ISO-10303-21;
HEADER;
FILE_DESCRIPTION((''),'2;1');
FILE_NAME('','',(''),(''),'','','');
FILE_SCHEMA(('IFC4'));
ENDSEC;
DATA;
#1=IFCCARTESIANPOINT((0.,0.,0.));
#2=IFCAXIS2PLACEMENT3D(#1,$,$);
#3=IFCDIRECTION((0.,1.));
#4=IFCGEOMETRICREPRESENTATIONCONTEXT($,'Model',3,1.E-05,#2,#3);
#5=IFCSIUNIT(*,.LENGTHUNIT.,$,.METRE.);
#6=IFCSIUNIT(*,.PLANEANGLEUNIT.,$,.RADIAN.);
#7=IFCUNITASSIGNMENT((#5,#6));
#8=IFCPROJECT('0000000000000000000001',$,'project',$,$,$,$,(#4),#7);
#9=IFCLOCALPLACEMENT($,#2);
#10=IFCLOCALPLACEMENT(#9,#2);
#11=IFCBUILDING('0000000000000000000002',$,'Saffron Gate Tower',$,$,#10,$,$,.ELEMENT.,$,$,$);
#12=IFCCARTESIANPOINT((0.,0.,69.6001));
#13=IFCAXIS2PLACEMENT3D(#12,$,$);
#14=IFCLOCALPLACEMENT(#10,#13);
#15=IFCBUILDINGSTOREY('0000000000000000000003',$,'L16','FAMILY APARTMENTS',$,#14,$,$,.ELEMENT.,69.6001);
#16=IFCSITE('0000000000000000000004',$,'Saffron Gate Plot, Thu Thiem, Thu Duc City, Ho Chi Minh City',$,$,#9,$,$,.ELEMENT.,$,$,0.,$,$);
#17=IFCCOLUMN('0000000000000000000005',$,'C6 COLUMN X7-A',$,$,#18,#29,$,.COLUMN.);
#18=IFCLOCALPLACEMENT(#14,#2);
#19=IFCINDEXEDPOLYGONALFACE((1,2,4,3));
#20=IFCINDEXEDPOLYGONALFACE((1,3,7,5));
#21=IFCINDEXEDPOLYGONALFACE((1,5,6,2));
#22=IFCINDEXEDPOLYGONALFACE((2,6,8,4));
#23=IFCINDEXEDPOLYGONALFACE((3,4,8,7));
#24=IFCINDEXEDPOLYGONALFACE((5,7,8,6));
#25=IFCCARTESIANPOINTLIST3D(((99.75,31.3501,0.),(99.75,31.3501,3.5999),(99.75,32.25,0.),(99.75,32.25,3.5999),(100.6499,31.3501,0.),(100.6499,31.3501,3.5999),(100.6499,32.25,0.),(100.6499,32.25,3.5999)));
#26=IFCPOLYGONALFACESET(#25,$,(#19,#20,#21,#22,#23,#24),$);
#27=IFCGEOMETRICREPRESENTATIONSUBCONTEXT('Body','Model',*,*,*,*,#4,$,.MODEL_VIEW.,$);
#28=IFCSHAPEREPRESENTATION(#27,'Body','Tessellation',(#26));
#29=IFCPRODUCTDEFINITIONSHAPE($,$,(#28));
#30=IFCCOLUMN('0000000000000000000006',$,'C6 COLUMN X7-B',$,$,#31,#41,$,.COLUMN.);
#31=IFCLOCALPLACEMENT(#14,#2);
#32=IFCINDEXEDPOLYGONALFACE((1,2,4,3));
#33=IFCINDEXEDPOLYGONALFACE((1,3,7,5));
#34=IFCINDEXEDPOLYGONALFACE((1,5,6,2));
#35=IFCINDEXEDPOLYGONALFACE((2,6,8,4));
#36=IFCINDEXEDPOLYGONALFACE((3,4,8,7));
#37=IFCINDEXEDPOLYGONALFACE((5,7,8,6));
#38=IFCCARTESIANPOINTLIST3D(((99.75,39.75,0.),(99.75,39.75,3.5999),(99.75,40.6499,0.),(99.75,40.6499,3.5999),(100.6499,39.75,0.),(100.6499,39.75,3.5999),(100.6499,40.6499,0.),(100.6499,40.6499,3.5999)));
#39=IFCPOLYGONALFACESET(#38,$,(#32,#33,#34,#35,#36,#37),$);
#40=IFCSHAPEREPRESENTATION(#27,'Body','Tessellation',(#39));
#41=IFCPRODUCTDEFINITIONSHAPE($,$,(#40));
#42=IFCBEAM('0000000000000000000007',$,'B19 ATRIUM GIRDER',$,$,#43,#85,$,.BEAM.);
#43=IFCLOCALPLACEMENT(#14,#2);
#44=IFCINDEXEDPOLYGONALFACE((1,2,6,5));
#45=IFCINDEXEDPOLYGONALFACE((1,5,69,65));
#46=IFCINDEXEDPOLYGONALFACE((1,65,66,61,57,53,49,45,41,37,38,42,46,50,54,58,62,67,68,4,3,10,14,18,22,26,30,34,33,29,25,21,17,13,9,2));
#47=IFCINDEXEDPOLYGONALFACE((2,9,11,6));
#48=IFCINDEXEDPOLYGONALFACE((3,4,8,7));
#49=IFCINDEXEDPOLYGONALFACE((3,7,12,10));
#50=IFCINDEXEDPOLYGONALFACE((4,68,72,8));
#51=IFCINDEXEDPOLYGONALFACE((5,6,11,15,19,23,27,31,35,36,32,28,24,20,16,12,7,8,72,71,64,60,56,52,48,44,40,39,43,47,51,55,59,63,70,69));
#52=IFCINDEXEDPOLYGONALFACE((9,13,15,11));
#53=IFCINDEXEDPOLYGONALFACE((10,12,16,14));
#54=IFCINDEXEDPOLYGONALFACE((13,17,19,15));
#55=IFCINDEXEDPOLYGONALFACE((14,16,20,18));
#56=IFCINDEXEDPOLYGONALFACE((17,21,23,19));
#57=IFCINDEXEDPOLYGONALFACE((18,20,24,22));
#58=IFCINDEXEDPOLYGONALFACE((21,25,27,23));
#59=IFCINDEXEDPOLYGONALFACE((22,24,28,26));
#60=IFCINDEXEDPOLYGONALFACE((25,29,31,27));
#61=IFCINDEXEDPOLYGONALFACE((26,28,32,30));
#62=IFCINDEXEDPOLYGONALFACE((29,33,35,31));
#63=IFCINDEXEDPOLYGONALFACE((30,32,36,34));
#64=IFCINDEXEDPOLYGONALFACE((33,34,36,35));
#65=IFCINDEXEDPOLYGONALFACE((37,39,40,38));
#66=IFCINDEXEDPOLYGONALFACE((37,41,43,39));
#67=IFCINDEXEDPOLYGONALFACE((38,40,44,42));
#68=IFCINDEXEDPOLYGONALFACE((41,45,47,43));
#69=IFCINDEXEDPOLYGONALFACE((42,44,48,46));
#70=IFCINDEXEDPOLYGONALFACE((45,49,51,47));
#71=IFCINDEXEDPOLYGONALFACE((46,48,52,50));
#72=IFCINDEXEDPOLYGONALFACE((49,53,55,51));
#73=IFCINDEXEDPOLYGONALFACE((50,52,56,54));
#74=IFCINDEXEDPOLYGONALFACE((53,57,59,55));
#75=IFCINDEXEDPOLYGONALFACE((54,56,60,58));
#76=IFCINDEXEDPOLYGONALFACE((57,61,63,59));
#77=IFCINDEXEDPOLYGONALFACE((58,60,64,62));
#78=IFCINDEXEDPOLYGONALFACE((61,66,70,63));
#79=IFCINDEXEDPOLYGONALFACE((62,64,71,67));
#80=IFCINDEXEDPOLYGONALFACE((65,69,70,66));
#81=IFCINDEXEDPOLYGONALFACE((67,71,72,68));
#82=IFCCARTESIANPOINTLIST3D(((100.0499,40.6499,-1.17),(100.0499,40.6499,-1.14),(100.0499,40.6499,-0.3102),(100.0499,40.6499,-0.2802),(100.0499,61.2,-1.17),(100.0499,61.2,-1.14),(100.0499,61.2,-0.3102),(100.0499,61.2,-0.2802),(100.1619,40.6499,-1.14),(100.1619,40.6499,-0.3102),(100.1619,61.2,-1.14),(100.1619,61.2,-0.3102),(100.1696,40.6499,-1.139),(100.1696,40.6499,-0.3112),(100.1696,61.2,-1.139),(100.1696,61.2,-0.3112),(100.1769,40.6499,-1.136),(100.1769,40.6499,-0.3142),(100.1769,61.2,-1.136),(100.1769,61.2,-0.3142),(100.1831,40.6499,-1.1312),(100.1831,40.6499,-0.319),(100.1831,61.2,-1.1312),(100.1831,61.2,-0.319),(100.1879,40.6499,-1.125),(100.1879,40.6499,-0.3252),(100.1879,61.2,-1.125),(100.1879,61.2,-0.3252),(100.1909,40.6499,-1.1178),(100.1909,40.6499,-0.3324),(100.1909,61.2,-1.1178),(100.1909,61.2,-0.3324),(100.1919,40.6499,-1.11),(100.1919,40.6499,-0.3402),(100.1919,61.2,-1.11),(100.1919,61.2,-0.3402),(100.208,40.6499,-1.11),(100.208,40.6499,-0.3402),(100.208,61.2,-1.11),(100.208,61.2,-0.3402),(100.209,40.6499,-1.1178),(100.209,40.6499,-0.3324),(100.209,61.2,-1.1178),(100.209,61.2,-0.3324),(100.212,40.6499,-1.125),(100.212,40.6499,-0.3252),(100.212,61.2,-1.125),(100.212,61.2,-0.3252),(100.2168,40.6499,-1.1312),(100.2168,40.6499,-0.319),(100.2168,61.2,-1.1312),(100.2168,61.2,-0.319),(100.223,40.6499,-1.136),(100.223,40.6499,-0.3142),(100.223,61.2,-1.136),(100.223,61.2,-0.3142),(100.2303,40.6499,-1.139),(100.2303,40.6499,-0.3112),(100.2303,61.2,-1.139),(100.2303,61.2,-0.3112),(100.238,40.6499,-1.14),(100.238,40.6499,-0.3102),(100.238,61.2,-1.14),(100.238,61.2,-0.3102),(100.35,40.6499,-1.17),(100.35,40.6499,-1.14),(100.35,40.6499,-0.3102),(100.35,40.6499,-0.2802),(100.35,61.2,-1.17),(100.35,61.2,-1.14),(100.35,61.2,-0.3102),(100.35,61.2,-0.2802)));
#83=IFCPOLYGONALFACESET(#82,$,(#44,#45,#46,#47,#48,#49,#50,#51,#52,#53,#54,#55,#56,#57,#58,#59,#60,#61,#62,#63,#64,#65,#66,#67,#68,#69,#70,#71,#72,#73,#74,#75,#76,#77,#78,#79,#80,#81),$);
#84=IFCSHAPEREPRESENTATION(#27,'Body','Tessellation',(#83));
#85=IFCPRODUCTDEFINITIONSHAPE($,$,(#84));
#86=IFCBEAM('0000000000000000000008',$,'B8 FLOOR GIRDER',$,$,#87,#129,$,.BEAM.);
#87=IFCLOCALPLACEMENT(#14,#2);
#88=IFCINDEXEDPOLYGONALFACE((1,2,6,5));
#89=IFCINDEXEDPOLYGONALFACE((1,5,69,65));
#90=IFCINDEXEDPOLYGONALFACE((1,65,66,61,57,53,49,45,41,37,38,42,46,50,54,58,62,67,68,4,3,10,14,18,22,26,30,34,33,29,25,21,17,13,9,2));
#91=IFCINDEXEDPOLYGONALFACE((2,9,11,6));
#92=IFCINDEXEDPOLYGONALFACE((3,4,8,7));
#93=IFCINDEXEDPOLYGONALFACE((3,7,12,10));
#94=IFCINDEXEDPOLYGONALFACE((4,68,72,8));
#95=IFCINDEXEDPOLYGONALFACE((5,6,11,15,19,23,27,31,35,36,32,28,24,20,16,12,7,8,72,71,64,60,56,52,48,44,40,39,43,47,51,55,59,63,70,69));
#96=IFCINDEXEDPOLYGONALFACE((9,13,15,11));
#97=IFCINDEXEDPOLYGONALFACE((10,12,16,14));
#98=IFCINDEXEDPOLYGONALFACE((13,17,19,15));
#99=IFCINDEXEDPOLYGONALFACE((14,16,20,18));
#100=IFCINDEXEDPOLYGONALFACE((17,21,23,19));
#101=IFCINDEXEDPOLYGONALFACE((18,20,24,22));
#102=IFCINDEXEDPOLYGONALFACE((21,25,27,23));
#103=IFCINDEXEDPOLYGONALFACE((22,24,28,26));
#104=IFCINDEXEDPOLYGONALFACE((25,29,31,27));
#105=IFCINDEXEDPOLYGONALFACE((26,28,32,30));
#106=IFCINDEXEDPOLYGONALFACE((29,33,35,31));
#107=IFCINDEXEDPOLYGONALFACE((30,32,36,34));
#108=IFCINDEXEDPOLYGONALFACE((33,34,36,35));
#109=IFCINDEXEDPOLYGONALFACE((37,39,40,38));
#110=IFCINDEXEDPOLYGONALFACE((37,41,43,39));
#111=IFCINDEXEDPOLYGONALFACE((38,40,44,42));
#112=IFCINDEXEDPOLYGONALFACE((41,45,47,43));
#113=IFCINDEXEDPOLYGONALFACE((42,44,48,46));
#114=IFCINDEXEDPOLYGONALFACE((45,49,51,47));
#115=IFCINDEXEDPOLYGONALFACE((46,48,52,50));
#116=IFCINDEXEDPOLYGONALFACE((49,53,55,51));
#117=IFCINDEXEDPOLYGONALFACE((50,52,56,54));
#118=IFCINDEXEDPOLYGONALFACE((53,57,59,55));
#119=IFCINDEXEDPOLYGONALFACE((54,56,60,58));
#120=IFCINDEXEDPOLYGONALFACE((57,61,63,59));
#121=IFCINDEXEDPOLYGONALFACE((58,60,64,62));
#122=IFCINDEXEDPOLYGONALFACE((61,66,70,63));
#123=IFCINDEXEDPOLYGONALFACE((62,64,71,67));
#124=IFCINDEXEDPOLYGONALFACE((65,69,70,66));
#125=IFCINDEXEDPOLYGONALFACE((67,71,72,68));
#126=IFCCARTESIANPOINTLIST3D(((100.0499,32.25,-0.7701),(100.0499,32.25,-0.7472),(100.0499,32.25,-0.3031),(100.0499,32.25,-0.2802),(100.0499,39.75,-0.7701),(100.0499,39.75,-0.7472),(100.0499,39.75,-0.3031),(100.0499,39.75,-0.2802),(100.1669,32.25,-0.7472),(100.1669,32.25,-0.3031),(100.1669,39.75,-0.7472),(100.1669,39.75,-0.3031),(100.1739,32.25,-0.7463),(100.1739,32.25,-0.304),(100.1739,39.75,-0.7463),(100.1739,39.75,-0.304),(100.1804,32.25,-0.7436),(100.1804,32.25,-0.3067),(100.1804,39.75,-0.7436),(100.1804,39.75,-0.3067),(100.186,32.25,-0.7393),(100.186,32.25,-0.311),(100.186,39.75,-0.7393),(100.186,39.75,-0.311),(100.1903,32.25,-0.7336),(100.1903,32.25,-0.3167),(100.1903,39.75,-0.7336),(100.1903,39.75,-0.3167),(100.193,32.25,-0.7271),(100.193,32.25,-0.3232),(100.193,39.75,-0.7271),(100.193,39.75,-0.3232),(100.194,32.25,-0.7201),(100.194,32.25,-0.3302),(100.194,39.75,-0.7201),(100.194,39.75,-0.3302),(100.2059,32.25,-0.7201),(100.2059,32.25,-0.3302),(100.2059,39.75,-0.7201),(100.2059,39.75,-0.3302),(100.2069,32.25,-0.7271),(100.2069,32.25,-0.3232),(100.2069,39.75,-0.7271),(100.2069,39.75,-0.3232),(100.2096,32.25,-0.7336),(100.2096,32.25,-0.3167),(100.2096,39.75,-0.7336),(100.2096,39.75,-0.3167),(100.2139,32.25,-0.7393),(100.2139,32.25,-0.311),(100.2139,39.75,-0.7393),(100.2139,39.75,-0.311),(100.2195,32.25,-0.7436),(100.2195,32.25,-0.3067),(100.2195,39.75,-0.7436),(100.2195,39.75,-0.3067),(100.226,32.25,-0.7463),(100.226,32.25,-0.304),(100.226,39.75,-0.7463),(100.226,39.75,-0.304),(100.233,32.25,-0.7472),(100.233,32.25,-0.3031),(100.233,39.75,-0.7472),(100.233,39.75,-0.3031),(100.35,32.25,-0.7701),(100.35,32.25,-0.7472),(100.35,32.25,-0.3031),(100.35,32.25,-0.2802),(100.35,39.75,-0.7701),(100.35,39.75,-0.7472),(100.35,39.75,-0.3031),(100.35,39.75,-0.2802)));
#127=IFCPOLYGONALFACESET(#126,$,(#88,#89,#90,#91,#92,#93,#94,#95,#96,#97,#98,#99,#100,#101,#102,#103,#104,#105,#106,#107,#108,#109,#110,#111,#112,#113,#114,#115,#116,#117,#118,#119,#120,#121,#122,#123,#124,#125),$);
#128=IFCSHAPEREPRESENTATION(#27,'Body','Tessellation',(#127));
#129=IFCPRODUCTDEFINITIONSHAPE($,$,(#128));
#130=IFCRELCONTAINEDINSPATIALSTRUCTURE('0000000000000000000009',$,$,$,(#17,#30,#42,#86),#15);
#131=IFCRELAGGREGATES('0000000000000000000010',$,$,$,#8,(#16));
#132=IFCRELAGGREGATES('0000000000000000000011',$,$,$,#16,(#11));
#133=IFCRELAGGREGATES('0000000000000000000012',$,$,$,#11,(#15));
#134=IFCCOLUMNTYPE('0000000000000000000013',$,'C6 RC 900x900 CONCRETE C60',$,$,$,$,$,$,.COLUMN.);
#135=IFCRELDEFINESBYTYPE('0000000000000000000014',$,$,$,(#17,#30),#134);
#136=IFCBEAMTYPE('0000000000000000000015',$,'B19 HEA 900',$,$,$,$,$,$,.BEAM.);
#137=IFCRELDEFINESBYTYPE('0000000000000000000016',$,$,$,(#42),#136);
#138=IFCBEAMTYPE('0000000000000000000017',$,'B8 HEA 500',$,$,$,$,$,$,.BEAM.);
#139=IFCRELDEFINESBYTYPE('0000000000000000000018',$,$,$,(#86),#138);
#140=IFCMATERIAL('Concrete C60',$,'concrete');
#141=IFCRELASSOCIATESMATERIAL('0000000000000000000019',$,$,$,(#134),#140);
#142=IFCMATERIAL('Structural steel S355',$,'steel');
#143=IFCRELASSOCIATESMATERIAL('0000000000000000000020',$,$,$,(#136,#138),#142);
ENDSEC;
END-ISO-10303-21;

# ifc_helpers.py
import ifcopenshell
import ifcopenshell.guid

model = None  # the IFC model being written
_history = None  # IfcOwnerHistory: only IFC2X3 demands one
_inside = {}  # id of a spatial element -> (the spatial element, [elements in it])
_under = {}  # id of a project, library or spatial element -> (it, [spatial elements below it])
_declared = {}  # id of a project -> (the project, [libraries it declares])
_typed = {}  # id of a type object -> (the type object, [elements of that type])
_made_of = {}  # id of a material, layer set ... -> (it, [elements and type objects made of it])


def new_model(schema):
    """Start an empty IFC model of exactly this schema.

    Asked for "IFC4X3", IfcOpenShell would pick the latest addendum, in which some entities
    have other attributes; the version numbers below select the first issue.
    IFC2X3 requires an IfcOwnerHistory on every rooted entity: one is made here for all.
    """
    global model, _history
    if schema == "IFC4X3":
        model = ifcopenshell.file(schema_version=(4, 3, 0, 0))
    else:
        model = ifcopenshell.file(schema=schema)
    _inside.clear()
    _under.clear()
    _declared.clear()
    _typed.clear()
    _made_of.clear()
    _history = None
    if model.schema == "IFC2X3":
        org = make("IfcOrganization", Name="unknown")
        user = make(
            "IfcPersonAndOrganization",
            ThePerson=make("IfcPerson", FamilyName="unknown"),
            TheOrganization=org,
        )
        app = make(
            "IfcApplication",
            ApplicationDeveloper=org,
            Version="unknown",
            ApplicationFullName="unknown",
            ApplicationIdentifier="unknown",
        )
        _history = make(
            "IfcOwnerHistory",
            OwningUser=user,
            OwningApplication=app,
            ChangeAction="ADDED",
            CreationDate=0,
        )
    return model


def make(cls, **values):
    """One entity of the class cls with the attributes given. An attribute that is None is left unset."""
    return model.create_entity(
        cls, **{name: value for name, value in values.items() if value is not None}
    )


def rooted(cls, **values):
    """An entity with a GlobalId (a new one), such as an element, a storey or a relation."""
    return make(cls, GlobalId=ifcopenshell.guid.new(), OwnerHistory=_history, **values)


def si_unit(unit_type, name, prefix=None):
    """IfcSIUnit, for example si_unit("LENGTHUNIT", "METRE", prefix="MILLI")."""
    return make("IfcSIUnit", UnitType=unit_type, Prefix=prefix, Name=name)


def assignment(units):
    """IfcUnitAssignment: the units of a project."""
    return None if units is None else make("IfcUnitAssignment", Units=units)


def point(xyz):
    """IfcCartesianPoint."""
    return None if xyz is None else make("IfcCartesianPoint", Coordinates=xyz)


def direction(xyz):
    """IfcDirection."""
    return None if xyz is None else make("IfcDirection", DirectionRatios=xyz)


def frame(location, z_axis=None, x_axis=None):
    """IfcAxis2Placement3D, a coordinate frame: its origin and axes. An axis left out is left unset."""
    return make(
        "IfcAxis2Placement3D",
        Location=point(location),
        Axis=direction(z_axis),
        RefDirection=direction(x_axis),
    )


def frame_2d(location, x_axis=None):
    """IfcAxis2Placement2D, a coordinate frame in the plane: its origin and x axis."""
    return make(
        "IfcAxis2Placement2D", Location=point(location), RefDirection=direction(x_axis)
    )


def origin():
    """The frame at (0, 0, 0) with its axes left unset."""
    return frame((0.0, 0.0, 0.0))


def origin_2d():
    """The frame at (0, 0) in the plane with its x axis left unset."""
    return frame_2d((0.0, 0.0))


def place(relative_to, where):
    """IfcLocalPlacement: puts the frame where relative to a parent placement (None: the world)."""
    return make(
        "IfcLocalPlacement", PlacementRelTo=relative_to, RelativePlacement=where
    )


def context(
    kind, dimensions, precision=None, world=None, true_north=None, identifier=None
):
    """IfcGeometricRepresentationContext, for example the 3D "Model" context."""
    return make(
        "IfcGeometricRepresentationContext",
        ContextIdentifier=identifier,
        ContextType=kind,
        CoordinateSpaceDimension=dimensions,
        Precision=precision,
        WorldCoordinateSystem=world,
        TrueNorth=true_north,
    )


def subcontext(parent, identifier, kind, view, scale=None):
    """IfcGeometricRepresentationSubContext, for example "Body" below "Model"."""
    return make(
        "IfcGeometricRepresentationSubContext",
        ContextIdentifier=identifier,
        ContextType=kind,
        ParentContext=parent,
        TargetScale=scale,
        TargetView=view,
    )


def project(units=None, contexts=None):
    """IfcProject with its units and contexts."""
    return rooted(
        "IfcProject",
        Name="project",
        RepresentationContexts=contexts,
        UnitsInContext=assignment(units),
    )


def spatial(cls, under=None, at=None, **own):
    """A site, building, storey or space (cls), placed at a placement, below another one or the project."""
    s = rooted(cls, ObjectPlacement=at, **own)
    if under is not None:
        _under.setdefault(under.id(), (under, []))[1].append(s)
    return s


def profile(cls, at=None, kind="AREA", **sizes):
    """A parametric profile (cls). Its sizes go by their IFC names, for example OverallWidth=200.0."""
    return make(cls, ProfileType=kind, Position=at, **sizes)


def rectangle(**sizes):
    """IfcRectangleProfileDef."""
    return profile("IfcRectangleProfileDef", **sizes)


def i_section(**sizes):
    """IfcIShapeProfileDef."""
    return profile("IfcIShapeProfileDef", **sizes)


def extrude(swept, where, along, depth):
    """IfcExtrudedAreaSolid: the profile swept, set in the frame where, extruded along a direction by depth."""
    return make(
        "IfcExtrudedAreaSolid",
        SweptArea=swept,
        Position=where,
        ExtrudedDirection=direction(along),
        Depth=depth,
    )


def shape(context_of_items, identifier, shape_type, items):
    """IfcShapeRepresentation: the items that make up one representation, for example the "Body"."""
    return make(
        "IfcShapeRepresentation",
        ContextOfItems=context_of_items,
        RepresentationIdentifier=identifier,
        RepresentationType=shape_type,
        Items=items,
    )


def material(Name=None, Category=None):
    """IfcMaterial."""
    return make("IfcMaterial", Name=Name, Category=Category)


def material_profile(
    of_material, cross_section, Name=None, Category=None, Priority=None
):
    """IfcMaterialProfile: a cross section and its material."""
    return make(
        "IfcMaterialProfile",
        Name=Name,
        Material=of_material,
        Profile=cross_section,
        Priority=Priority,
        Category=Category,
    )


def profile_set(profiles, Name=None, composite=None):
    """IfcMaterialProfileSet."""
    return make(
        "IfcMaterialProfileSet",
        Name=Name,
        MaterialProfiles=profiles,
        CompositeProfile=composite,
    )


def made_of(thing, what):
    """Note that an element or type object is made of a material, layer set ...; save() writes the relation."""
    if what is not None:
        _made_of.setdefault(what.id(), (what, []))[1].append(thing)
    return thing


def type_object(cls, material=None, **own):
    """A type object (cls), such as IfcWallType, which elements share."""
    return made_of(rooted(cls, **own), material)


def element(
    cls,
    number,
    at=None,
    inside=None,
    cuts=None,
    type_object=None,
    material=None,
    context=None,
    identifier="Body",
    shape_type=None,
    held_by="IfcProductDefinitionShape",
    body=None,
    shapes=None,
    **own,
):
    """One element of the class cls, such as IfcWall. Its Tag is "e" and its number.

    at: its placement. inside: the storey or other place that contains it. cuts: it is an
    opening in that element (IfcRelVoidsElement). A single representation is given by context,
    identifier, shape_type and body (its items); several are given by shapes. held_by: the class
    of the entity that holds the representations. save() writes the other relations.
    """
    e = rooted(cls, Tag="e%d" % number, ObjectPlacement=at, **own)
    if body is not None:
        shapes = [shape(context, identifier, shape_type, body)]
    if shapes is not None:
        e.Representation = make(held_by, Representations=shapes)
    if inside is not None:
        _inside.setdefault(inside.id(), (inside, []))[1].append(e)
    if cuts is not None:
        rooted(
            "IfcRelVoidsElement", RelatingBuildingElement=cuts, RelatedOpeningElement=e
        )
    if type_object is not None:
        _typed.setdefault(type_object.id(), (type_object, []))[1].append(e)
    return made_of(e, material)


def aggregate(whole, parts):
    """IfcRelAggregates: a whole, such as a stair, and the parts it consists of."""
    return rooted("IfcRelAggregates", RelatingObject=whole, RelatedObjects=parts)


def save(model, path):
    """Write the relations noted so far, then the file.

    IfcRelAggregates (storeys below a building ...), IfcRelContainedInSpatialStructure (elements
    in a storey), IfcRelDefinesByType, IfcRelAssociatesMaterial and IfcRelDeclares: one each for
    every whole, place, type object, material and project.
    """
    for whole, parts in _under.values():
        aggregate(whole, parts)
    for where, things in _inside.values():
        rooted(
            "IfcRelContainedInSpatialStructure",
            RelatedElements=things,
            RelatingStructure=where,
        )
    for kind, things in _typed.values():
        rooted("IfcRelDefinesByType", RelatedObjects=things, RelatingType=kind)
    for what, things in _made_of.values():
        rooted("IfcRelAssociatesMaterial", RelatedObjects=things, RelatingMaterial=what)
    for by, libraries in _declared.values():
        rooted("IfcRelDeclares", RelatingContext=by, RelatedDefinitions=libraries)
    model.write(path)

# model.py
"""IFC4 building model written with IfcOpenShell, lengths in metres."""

from ifc_helpers import new_model, si_unit, direction, frame, origin, origin_2d, place, context, subcontext, project, spatial, rectangle, i_section, extrude, material, material_profile, profile_set, type_object, element, save


model = new_model("IFC4")

# Units and contexts
model_context = context("Model", 3, precision=1e-05, world=origin(), true_north=direction((0.0, 1.0)))
body_context = subcontext(model_context, "Body", "Model", "MODEL_VIEW")
ifc_project = project(units=[si_unit("LENGTHUNIT", "METRE"), si_unit("PLANEANGLEUNIT", "RADIAN")], contexts=[model_context])

# Site, building, storey
site_placement = place(None, origin())
site = spatial("IfcSite", under=ifc_project, at=site_placement, Name="Saffron Gate Plot, Thu Thiem, Thu Duc City, Ho Chi Minh City", CompositionType="ELEMENT", RefElevation=0.0)
building_placement = place(site_placement, origin())
building = spatial("IfcBuilding", under=site, at=building_placement, Name="Saffron Gate Tower", CompositionType="ELEMENT")
storey_placement = place(building_placement, frame((0.0, 0.0, 69.6001)))
storey = spatial("IfcBuildingStorey", under=building, at=storey_placement, Name="L16", Description="FAMILY APARTMENTS", CompositionType="ELEMENT", Elevation=69.6001)

# Columns
ifc_material_1 = material(Name="Concrete C60", Category="concrete")
ifc_material_profile_1 = material_profile(ifc_material_1, rectangle(XDim=0.8999, YDim=0.8999, at=origin_2d()))
ifc_profile_set_1 = profile_set([ifc_material_profile_1], Name="Concrete C60")
column_type = type_object("IfcColumnType", Name="C6 RC 900x900 CONCRETE C60", PredefinedType="COLUMN", material=ifc_profile_set_1)
for number, where, z_axis, x_axis, name in (
    (1, (100.2, 31.8, 0.0), (0.0, 0.0, 1.0), (1.0, 0.0, 0.0), "C6 COLUMN X7-A"),
    (2, (100.2, 40.2, 0.0), (0.0, 0.0, 1.0), (1.0, 0.0, 0.0), "C6 COLUMN X7-B"),
):
    element("IfcColumn", number, at=place(storey_placement, frame(where, z_axis=z_axis, x_axis=x_axis)), inside=storey, type_object=column_type, Name=name, PredefinedType="COLUMN", context=body_context, shape_type="SweptSolid", body=[
        extrude(rectangle(XDim=0.8999, YDim=0.8999, at=origin_2d()), origin(), (0.0, 0.0, 1.0), 3.5999),
    ])

# Beams
ifc_material_2 = material(Name="Structural steel S355", Category="steel")
ifc_material_profile_2 = material_profile(ifc_material_2, i_section(OverallWidth=0.3, OverallDepth=0.8899, WebThickness=0.0161, FlangeThickness=0.03, FilletRadius=0.03, at=origin_2d()))
ifc_profile_set_2 = profile_set([ifc_material_profile_2], Name="Structural steel S355")
beam_type_1 = type_object("IfcBeamType", Name="B19 HEA 900", PredefinedType="BEAM", material=ifc_profile_set_2)
beam_1_placement = place(storey_placement, frame((100.2, 40.6499, -0.7251), z_axis=(0.0, 1.0, 0.0), x_axis=(-1.0, 0.0, 0.0)))
element("IfcBeam", 3, at=beam_1_placement, inside=storey, type_object=beam_type_1, Name="B19 ATRIUM GIRDER", PredefinedType="BEAM", context=body_context, shape_type="SweptSolid", body=[
    extrude(i_section(OverallWidth=0.3, OverallDepth=0.8899, WebThickness=0.0161, FlangeThickness=0.03, FilletRadius=0.03, at=origin_2d()), origin(), (0.0, 0.0, 1.0), 20.55),
])
ifc_material_profile_3 = material_profile(ifc_material_2, i_section(OverallWidth=0.3, OverallDepth=0.49, WebThickness=0.012, FlangeThickness=0.0229, FilletRadius=0.0271, at=origin_2d()))
ifc_profile_set_3 = profile_set([ifc_material_profile_3], Name="Structural steel S355")
beam_type_2 = type_object("IfcBeamType", Name="B8 HEA 500", PredefinedType="BEAM", material=ifc_profile_set_3)
beam_2_placement = place(storey_placement, frame((100.2, 32.25, -0.5251), z_axis=(0.0, 1.0, 0.0), x_axis=(-1.0, 0.0, 0.0)))
element("IfcBeam", 4, at=beam_2_placement, inside=storey, type_object=beam_type_2, Name="B8 FLOOR GIRDER", PredefinedType="BEAM", context=body_context, shape_type="SweptSolid", body=[
    extrude(i_section(OverallWidth=0.3, OverallDepth=0.49, WebThickness=0.012, FlangeThickness=0.0229, FilletRadius=0.0271, at=origin_2d()), origin(), (0.0, 0.0, 1.0), 7.5),
])

save(model, "model.ifc")
